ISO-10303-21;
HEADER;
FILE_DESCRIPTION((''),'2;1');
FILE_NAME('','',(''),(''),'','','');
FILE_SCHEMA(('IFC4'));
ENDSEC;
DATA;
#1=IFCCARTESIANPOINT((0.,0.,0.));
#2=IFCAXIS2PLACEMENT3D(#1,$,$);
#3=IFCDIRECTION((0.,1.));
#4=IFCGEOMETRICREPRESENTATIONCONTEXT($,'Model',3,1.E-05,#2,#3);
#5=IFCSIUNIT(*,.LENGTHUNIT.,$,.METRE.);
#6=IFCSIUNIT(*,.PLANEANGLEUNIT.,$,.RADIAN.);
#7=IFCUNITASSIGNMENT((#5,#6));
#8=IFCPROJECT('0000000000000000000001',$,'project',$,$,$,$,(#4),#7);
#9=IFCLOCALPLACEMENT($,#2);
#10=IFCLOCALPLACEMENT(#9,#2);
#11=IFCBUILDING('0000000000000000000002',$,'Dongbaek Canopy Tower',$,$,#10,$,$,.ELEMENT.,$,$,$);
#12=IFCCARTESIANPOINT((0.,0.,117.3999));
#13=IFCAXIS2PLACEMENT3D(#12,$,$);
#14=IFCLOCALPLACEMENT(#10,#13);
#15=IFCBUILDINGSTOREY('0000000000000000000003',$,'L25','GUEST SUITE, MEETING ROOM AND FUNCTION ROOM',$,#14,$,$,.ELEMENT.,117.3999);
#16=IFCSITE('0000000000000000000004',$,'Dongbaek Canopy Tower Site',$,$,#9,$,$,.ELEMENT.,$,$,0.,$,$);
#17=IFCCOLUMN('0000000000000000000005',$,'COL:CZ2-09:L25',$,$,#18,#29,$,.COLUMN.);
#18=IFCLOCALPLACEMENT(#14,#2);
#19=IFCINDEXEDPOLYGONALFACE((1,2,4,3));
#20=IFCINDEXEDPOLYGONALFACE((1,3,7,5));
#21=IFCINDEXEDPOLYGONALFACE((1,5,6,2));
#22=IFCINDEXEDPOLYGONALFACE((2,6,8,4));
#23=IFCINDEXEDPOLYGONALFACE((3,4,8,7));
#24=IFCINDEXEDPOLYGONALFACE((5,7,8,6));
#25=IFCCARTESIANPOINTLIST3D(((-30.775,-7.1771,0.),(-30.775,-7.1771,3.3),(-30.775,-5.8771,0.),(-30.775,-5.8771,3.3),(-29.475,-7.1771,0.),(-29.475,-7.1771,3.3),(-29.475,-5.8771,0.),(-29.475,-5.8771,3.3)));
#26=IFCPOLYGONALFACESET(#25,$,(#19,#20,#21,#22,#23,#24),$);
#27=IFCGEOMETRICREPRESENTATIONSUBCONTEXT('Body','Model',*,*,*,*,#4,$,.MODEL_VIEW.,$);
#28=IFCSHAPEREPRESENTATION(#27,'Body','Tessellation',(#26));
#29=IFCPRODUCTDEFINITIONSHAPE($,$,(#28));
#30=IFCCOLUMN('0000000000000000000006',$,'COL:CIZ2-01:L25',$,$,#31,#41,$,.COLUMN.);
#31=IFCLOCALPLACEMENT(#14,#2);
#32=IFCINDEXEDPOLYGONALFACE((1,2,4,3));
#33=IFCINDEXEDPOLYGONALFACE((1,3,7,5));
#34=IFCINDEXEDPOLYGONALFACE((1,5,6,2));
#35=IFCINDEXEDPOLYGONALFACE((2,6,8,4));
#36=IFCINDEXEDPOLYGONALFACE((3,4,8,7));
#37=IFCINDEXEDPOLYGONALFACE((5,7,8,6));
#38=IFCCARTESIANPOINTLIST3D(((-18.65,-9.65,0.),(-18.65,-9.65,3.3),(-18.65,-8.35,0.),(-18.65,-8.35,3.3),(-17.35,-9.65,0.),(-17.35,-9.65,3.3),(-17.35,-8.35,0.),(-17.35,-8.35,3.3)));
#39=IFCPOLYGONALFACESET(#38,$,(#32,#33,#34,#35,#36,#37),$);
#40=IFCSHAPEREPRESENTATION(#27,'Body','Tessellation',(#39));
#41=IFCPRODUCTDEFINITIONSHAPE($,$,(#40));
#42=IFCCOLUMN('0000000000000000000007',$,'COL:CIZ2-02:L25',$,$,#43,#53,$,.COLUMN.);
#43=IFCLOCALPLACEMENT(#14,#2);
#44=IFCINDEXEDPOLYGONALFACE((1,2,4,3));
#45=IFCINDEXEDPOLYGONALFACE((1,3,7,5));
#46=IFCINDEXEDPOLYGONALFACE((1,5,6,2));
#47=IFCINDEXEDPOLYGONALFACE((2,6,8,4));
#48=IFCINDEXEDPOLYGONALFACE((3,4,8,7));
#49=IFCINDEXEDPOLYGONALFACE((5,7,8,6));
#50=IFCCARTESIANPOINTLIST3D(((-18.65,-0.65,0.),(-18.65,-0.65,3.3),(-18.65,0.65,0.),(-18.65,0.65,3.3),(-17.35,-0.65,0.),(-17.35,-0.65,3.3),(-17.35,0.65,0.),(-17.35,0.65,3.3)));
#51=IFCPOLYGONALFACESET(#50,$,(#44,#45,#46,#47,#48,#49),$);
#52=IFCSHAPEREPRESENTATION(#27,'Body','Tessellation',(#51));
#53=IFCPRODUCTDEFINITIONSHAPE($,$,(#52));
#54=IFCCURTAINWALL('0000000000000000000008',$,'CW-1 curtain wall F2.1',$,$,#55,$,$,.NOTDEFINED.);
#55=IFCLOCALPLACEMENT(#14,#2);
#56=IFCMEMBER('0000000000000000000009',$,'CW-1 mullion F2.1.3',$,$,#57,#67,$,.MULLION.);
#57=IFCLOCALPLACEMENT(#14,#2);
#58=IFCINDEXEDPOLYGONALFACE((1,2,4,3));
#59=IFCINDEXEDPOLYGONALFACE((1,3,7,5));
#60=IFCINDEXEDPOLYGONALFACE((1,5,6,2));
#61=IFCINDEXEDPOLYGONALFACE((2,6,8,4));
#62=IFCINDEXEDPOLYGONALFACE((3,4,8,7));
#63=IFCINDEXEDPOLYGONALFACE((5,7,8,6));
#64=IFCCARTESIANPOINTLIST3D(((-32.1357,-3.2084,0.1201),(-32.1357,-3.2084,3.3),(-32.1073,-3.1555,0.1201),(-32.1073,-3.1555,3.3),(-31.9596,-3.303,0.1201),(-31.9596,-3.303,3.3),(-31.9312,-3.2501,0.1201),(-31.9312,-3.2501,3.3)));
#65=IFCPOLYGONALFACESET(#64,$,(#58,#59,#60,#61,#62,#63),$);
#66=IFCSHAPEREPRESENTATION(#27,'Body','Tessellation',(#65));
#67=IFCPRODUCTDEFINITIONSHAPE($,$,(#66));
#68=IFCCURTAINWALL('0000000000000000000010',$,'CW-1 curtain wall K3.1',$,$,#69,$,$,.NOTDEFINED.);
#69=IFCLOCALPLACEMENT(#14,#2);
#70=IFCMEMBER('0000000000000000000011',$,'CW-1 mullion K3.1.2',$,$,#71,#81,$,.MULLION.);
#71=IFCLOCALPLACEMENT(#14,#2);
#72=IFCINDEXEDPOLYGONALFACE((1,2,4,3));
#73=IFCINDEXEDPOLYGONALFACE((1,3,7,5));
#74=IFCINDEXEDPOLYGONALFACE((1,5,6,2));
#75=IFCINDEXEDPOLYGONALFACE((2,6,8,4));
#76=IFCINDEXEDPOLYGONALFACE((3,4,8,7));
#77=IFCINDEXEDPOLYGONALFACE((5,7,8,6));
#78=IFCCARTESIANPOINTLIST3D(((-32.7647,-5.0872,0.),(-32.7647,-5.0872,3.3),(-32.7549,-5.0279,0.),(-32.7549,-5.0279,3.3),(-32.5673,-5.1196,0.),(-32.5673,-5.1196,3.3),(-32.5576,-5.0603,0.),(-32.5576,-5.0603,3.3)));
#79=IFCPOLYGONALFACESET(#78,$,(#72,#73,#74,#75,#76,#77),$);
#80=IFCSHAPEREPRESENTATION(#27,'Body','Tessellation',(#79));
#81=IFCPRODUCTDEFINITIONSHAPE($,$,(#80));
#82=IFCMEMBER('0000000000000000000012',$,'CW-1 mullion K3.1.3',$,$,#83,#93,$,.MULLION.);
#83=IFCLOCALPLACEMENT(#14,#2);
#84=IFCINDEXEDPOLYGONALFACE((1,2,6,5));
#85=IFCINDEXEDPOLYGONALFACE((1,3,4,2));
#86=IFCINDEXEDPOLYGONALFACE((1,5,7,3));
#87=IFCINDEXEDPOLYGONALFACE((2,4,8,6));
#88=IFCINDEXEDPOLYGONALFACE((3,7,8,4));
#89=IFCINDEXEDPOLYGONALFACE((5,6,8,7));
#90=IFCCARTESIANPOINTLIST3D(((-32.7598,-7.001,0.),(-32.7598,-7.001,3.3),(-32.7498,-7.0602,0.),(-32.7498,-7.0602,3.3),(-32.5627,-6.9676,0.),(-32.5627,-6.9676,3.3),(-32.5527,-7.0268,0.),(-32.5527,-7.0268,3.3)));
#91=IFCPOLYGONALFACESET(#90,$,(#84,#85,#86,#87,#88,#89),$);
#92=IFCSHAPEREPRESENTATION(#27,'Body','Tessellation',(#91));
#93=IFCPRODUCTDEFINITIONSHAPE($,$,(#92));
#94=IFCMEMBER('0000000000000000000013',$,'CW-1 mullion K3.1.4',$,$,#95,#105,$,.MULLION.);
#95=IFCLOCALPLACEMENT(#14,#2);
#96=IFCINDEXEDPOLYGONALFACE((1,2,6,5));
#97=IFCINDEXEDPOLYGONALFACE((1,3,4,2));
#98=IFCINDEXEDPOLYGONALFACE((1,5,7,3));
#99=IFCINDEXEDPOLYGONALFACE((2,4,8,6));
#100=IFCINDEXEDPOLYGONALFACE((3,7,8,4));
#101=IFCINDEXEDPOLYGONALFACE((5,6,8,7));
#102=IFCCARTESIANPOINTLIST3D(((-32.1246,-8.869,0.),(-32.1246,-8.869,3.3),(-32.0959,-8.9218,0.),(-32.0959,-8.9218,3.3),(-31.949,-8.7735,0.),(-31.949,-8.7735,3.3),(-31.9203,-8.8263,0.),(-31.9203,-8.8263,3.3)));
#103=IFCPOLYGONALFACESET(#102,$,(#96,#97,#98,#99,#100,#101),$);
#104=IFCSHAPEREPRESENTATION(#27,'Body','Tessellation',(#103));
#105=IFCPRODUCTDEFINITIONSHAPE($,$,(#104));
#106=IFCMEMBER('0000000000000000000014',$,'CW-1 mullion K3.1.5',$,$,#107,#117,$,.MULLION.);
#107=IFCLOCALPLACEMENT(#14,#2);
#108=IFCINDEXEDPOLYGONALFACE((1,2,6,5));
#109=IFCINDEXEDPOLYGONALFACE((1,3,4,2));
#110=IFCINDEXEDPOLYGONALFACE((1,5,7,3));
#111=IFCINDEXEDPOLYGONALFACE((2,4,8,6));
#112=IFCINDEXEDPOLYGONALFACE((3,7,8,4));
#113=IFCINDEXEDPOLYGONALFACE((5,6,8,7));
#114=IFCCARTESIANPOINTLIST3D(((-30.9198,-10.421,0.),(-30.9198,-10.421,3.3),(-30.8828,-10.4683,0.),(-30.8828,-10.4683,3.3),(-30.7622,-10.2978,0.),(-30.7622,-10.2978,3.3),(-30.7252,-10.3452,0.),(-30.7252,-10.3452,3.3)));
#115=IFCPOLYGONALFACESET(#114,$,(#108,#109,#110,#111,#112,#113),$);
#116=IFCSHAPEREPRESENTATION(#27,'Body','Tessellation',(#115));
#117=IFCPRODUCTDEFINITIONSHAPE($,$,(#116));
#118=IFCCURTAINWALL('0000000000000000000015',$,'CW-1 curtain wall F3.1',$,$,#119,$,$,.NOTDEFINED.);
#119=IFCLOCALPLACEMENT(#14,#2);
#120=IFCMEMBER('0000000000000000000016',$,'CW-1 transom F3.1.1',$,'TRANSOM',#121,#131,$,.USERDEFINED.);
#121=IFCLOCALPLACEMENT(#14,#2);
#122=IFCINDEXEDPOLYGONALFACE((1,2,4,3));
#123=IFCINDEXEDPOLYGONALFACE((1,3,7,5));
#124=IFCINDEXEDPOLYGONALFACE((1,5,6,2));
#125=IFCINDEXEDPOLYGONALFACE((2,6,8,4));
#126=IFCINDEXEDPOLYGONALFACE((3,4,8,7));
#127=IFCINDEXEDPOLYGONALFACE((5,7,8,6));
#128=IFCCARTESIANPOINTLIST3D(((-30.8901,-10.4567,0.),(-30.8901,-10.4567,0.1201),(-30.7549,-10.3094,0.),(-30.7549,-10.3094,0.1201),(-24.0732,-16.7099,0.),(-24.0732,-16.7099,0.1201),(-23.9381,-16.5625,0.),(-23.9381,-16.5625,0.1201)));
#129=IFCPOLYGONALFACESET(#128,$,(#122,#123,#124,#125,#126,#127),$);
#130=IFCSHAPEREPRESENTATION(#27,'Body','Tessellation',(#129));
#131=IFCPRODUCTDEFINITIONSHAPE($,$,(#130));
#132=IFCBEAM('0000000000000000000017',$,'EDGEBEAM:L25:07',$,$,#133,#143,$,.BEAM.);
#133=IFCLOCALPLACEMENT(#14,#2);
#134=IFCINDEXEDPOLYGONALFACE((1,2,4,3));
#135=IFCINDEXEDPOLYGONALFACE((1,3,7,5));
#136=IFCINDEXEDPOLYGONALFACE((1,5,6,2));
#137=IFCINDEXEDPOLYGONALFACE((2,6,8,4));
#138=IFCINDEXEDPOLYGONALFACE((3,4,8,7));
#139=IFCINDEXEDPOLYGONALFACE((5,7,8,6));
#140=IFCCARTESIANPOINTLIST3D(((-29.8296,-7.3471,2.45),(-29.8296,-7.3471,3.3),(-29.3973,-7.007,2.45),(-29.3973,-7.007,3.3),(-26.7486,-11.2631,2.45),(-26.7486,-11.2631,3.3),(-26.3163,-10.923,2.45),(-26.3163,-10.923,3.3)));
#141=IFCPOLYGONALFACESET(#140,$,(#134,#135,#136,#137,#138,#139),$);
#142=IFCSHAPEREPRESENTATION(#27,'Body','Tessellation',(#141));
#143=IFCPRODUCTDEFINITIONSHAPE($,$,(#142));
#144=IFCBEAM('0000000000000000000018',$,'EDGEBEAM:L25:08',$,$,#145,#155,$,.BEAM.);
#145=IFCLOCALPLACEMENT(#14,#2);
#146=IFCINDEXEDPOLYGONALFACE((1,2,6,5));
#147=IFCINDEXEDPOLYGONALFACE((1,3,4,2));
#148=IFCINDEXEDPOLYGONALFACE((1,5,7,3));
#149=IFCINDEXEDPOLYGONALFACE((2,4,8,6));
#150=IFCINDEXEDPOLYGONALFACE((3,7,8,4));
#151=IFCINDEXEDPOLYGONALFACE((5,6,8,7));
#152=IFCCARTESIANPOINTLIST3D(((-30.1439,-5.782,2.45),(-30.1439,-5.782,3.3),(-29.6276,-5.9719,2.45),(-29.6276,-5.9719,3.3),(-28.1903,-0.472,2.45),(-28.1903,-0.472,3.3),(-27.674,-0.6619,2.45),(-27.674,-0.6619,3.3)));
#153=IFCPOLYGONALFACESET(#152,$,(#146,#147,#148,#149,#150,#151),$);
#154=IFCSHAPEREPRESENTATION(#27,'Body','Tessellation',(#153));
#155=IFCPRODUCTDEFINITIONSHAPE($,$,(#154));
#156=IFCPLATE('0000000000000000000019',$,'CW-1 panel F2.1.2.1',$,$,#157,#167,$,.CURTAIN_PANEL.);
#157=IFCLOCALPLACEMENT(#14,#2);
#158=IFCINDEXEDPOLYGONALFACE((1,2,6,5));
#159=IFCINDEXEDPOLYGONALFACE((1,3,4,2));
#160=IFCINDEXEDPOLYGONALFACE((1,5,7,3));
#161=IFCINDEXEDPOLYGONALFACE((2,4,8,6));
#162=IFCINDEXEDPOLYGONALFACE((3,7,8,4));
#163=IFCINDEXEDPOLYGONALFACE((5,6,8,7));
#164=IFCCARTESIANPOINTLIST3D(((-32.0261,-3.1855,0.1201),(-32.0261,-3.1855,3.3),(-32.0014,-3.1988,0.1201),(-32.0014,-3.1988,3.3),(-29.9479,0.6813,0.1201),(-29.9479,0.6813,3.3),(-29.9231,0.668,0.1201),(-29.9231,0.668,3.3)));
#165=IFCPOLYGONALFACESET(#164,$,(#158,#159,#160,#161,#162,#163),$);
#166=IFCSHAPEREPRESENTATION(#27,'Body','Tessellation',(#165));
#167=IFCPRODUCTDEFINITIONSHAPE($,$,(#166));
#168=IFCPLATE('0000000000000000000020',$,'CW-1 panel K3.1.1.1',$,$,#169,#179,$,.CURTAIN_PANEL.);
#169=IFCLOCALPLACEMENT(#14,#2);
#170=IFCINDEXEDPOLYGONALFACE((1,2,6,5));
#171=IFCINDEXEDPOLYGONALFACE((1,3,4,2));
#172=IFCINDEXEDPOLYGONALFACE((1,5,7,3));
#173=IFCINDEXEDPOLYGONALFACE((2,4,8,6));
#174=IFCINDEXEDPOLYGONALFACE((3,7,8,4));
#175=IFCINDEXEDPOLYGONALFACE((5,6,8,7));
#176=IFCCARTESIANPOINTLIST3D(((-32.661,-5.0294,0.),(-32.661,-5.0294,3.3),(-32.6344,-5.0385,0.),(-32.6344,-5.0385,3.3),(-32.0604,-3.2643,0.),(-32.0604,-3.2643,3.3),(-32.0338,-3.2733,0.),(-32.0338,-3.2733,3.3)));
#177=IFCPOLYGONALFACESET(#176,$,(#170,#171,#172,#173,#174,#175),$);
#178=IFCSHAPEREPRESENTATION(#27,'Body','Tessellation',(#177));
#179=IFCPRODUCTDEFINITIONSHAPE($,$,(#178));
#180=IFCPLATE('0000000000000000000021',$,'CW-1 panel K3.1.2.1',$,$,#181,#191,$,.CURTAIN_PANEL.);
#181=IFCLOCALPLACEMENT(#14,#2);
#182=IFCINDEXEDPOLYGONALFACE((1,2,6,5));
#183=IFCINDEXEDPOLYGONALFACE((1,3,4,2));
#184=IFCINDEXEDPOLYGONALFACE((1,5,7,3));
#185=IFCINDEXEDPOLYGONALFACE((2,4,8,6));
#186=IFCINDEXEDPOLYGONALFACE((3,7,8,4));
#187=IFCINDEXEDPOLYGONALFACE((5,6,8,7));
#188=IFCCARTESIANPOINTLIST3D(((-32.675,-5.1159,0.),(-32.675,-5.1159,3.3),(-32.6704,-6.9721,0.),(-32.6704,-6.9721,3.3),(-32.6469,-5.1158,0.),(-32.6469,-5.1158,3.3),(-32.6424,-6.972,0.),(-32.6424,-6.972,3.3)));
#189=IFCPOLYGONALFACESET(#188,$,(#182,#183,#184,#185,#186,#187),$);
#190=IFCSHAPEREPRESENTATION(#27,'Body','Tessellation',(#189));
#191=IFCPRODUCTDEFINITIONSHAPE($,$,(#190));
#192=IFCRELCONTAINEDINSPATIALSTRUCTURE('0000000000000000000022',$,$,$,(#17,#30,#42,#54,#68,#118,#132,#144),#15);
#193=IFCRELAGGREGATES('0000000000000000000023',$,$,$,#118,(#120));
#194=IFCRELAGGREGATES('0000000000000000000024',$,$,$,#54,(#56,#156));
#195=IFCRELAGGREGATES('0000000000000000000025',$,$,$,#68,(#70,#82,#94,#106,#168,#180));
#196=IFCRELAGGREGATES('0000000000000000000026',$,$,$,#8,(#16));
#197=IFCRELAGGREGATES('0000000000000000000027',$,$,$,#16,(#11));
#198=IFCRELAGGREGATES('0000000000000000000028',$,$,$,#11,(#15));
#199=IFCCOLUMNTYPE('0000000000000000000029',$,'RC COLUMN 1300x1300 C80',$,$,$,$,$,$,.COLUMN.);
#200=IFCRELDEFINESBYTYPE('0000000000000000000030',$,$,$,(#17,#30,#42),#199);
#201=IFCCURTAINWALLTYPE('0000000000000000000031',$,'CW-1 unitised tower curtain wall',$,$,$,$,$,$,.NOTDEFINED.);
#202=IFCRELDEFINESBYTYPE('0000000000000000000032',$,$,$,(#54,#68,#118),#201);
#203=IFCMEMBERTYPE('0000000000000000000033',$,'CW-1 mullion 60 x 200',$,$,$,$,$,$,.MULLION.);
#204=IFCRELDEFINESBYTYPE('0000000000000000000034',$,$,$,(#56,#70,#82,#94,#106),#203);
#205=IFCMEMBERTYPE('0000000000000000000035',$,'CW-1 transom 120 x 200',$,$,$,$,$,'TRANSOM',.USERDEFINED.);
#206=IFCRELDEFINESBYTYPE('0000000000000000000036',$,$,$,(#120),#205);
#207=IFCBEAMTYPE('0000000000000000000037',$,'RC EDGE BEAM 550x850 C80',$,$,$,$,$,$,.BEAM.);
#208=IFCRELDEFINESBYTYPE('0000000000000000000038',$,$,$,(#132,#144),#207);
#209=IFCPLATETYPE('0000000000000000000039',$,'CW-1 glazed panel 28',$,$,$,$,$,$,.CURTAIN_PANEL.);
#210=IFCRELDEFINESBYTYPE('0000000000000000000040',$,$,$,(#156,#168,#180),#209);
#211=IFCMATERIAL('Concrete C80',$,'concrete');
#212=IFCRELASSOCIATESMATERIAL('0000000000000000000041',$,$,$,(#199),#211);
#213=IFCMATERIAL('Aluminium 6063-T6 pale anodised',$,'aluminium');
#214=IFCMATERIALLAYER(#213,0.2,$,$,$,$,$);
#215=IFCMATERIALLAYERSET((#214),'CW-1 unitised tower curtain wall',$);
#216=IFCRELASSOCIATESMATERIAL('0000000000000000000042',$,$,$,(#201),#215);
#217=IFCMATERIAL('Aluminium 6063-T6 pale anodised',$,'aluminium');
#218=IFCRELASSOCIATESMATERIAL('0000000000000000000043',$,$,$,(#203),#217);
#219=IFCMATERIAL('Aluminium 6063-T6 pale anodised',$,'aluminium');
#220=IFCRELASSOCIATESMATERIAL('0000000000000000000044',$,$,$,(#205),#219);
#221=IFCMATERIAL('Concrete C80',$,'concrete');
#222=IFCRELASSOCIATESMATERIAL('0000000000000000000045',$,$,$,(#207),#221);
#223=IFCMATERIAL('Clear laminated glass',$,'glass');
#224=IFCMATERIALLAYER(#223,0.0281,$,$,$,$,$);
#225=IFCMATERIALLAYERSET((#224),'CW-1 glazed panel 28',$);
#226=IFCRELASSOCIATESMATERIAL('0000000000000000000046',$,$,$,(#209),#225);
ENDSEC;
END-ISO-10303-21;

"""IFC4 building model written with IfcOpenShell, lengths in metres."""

from ifc_helpers import new_model, si_unit, direction, frame, origin, origin_2d, place, context, subcontext, project, spatial, rectangle, extrude, material, layer, layer_set, material_profile, profile_set, type_object, element, aggregate, save


model = new_model("IFC4")

# Units and contexts
model_context = context("Model", 3, precision=1e-05, world=origin(), true_north=direction((0.0, 1.0)))
body_context = subcontext(model_context, "Body", "Model", "MODEL_VIEW")
ifc_project = project(units=[si_unit("LENGTHUNIT", "METRE"), si_unit("PLANEANGLEUNIT", "RADIAN")], contexts=[model_context])

# Site, building, storey
site_placement = place(None, origin())
site = spatial("IfcSite", under=ifc_project, at=site_placement, Name="Dongbaek Canopy Tower Site", CompositionType="ELEMENT", RefElevation=0.0)
building_placement = place(site_placement, origin())
building = spatial("IfcBuilding", under=site, at=building_placement, Name="Dongbaek Canopy Tower", CompositionType="ELEMENT")
storey_placement = place(building_placement, frame((0.0, 0.0, 117.3999)))
storey = spatial("IfcBuildingStorey", under=building, at=storey_placement, Name="L25", Description="GUEST SUITE, MEETING ROOM AND FUNCTION ROOM", CompositionType="ELEMENT", Elevation=117.3999)

# Columns
ifc_material_1 = material(Name="Concrete C80", Category="concrete")
ifc_material_profile_1 = material_profile(ifc_material_1, rectangle(XDim=1.3, YDim=1.3, at=origin_2d()), Name="RC COLUMN 1300x1300 C80")
ifc_profile_set_1 = profile_set([ifc_material_profile_1], Name="Concrete C80")
column_type = type_object("IfcColumnType", Name="RC COLUMN 1300x1300 C80", PredefinedType="COLUMN", material=ifc_profile_set_1)
for number, where, z_axis, x_axis, name in (
    (1, (-30.125, -6.5271, 0.0), (0.0, 0.0, 1.0), (1.0, 0.0, 0.0), "COL:CZ2-09:L25"),
    (2, (-18.0, -9.0, 0.0), (0.0, 0.0, 1.0), (1.0, 0.0, 0.0), "COL:CIZ2-01:L25"),
    (3, (-18.0, 0.0, 0.0), (0.0, 0.0, 1.0), (1.0, 0.0, 0.0), "COL:CIZ2-02:L25"),
):
    element("IfcColumn", number, at=place(storey_placement, frame(where, z_axis=z_axis, x_axis=x_axis)), inside=storey, type_object=column_type, Name=name, PredefinedType="COLUMN", context=body_context, shape_type="SweptSolid", body=[
        extrude(rectangle(XDim=1.3, YDim=1.3, at=origin_2d()), origin(), (0.0, 0.0, 1.0), 3.3),
    ])

# Curtain wall, member
ifc_material_2 = material(Name="Aluminium 6063-T6 pale anodised", Category="aluminium")
ifc_layer_1 = layer(ifc_material_2, 0.2)
ifc_layer_set_1 = layer_set([ifc_layer_1], Name="CW-1 unitised tower curtain wall")
curtain_wall_type = type_object("IfcCurtainWallType", Name="CW-1 unitised tower curtain wall", PredefinedType="NOTDEFINED", material=ifc_layer_set_1)
curtain_wall_1_placement = place(storey_placement, origin())
curtain_wall_1 = element("IfcCurtainWall", 4, at=curtain_wall_1_placement, inside=storey, type_object=curtain_wall_type, Name="CW-1 curtain wall F2.1", PredefinedType="NOTDEFINED")
ifc_material_3 = material(Name="Aluminium 6063-T6 pale anodised", Category="aluminium")
ifc_material_profile_2 = material_profile(ifc_material_3, rectangle(XDim=0.2, YDim=0.0601, at=origin_2d()), Name="CW-1 mullion 60 x 200")
ifc_profile_set_2 = profile_set([ifc_material_profile_2], Name="Aluminium 6063-T6 pale anodised")
member_type_1 = type_object("IfcMemberType", Name="CW-1 mullion 60 x 200", PredefinedType="MULLION", material=ifc_profile_set_2)
member_1_placement = place(storey_placement, frame((-32.0334, -3.2292, 0.1201), z_axis=(0.0, 0.0, 1.0), x_axis=(-0.880843, 0.473409, 0.0)))
member_1 = element("IfcMember", 5, at=member_1_placement, type_object=member_type_1, Name="CW-1 mullion F2.1.3", PredefinedType="MULLION", context=body_context, shape_type="SweptSolid", body=[
    extrude(rectangle(XDim=0.2, YDim=0.0601, at=origin_2d()), origin(), (0.0, 0.0, 1.0), 3.1799),
])

# Curtain wall, members
curtain_wall_2_placement = place(storey_placement, origin())
curtain_wall_2 = element("IfcCurtainWall", 6, at=curtain_wall_2_placement, inside=storey, type_object=curtain_wall_type, Name="CW-1 curtain wall K3.1", PredefinedType="NOTDEFINED")
member_2_placement = place(storey_placement, frame((-32.6611, -5.0737, 0.0), z_axis=(0.0, 0.0, 1.0), x_axis=(-0.986787, 0.162025, 0.0)))
member_2 = element("IfcMember", 7, at=member_2_placement, type_object=member_type_1, Name="CW-1 mullion K3.1.2", PredefinedType="MULLION", context=body_context, shape_type="SweptSolid", body=[
    extrude(rectangle(XDim=0.2, YDim=0.0601, at=origin_2d()), origin(), (0.0, 0.0, 1.0), 3.3),
])
member_3_placement = place(storey_placement, frame((-32.6562, -7.0139, 0.0), z_axis=(0.0, 0.0, 1.0), x_axis=(-0.985976, -0.166888, 0.0)))
member_3 = element("IfcMember", 8, at=member_3_placement, type_object=member_type_1, Name="CW-1 mullion K3.1.3", PredefinedType="MULLION", context=body_context, shape_type="SweptSolid", body=[
    extrude(rectangle(XDim=0.2, YDim=0.0601, at=origin_2d()), origin(), (0.0, 0.0, 1.0), 3.3),
])
member_4_placement = place(storey_placement, frame((-32.0225, -8.8477, 0.0), z_axis=(0.0, 0.0, 1.0), x_axis=(-0.878498, -0.477746, 0.0)))
member_4 = element("IfcMember", 9, at=member_4_placement, type_object=member_type_1, Name="CW-1 mullion K3.1.4", PredefinedType="MULLION", context=body_context, shape_type="SweptSolid", body=[
    extrude(rectangle(XDim=0.2, YDim=0.0601, at=origin_2d()), origin(), (0.0, 0.0, 1.0), 3.3),
])
member_5_placement = place(storey_placement, frame((-30.8225, -10.3831, 0.0), z_axis=(0.0, 0.0, 1.0), x_axis=(-0.787968, -0.615716, 0.0)))
member_5 = element("IfcMember", 10, at=member_5_placement, type_object=member_type_1, Name="CW-1 mullion K3.1.5", PredefinedType="MULLION", context=body_context, shape_type="SweptSolid", body=[
    extrude(rectangle(XDim=0.2, YDim=0.0601, at=origin_2d()), origin(), (0.0, 0.0, 1.0), 3.3),
])

# Curtain wall, member
curtain_wall_3_placement = place(storey_placement, origin())
curtain_wall_3 = element("IfcCurtainWall", 11, at=curtain_wall_3_placement, inside=storey, type_object=curtain_wall_type, Name="CW-1 curtain wall F3.1", PredefinedType="NOTDEFINED")
ifc_material_4 = material(Name="Aluminium 6063-T6 pale anodised", Category="aluminium")
ifc_material_profile_3 = material_profile(ifc_material_4, rectangle(XDim=0.2, YDim=0.1201, at=origin_2d()), Name="CW-1 transom 120 x 200")
ifc_profile_set_3 = profile_set([ifc_material_profile_3], Name="Aluminium 6063-T6 pale anodised")
member_type_2 = type_object("IfcMemberType", Name="CW-1 transom 120 x 200", ElementType="TRANSOM", PredefinedType="USERDEFINED", material=ifc_profile_set_3)
member_6_placement = place(storey_placement, frame((-30.8225, -10.3831, 0.0601), z_axis=(0.73692, -0.67598, 0.0), x_axis=(0.67598, 0.73692, 0.0)))
member_6 = element("IfcMember", 12, at=member_6_placement, type_object=member_type_2, Name="CW-1 transom F3.1.1", ObjectType="TRANSOM", PredefinedType="USERDEFINED", context=body_context, shape_type="SweptSolid", body=[
    extrude(rectangle(XDim=0.2, YDim=0.1201, at=origin_2d()), origin(), (0.0, 0.0, 1.0), 9.2505),
])

# Beams
ifc_material_5 = material(Name="Concrete C80", Category="concrete")
ifc_material_profile_4 = material_profile(ifc_material_5, rectangle(XDim=0.55, YDim=0.8501, at=origin_2d()), Name="RC EDGE BEAM 550x850 C80")
ifc_profile_set_4 = profile_set([ifc_material_profile_4], Name="Concrete C80")
beam_type = type_object("IfcBeamType", Name="RC EDGE BEAM 550x850 C80", PredefinedType="BEAM", material=ifc_profile_set_4)
beam_1_placement = place(storey_placement, frame((-26.5325, -11.093, 2.875), z_axis=(-0.618341, 0.78591, 0.0), x_axis=(-0.78591, -0.618341, 0.0)))
element("IfcBeam", 13, at=beam_1_placement, inside=storey, type_object=beam_type, Name="EDGEBEAM:L25:07", PredefinedType="BEAM", context=body_context, shape_type="SweptSolid", body=[
    extrude(rectangle(XDim=0.55, YDim=0.8501, at=origin_2d()), origin(), (0.0, 0.0, 1.0), 4.9827),
])
beam_2_placement = place(storey_placement, frame((-29.8857, -5.877, 2.875), z_axis=(0.345281, 0.938499, 0.0), x_axis=(-0.938499, 0.345281, 0.0)))
element("IfcBeam", 14, at=beam_2_placement, inside=storey, type_object=beam_type, Name="EDGEBEAM:L25:08", PredefinedType="BEAM", context=body_context, shape_type="SweptSolid", body=[
    extrude(rectangle(XDim=0.55, YDim=0.8501, at=origin_2d()), origin(), (0.0, 0.0, 1.0), 5.658),
])

# Plates
ifc_material_6 = material(Name="Clear laminated glass", Category="glass")
ifc_layer_2 = layer(ifc_material_6, 0.0281)
ifc_layer_set_2 = layer_set([ifc_layer_2], Name="CW-1 glazed panel 28")
plate_type = type_object("IfcPlateType", Name="CW-1 glazed panel 28", PredefinedType="CURTAIN_PANEL", material=ifc_layer_set_2)
plate_1_placement = place(storey_placement, frame((-30.9746, -1.2588, 0.1201), z_axis=(0.0, 0.0, 1.0), x_axis=(-0.473409, -0.880843, 0.0)))
plate_1 = element("IfcPlate", 15, at=plate_1_placement, type_object=plate_type, Name="CW-1 panel F2.1.2.1", PredefinedType="CURTAIN_PANEL", context=body_context, shape_type="SweptSolid", body=[
    extrude(rectangle(XDim=4.3899, YDim=0.0281, at=origin_2d()), origin(), (0.0, 0.0, 1.0), 3.1799),
])
plate_2_placement = place(storey_placement, frame((-32.3474, -4.1514, 0.0), z_axis=(0.0, 0.0, 1.0), x_axis=(-0.322102, -0.946705, 0.0)))
plate_2 = element("IfcPlate", 16, at=plate_2_placement, type_object=plate_type, Name="CW-1 panel K3.1.1.1", PredefinedType="CURTAIN_PANEL", context=body_context, shape_type="SweptSolid", body=[
    extrude(rectangle(XDim=1.8645, YDim=0.0281, at=origin_2d()), origin(), (0.0, 0.0, 1.0), 3.3),
])
plate_3_placement = place(storey_placement, frame((-32.6587, -6.0439, 0.0), z_axis=(0.0, 0.0, 1.0), x_axis=(0.002465, -0.999997, 0.0)))
plate_3 = element("IfcPlate", 17, at=plate_3_placement, type_object=plate_type, Name="CW-1 panel K3.1.2.1", PredefinedType="CURTAIN_PANEL", context=body_context, shape_type="SweptSolid", body=[
    extrude(rectangle(XDim=1.8562, YDim=0.0281, at=origin_2d()), origin(), (0.0, 0.0, 1.0), 3.3),
])

aggregate(curtain_wall_3, [member_6])
aggregate(curtain_wall_1, [member_1, plate_1])
aggregate(curtain_wall_2, [member_2, member_3, member_4, member_5, plate_2, plate_3])

save(model, "model.ifc")
